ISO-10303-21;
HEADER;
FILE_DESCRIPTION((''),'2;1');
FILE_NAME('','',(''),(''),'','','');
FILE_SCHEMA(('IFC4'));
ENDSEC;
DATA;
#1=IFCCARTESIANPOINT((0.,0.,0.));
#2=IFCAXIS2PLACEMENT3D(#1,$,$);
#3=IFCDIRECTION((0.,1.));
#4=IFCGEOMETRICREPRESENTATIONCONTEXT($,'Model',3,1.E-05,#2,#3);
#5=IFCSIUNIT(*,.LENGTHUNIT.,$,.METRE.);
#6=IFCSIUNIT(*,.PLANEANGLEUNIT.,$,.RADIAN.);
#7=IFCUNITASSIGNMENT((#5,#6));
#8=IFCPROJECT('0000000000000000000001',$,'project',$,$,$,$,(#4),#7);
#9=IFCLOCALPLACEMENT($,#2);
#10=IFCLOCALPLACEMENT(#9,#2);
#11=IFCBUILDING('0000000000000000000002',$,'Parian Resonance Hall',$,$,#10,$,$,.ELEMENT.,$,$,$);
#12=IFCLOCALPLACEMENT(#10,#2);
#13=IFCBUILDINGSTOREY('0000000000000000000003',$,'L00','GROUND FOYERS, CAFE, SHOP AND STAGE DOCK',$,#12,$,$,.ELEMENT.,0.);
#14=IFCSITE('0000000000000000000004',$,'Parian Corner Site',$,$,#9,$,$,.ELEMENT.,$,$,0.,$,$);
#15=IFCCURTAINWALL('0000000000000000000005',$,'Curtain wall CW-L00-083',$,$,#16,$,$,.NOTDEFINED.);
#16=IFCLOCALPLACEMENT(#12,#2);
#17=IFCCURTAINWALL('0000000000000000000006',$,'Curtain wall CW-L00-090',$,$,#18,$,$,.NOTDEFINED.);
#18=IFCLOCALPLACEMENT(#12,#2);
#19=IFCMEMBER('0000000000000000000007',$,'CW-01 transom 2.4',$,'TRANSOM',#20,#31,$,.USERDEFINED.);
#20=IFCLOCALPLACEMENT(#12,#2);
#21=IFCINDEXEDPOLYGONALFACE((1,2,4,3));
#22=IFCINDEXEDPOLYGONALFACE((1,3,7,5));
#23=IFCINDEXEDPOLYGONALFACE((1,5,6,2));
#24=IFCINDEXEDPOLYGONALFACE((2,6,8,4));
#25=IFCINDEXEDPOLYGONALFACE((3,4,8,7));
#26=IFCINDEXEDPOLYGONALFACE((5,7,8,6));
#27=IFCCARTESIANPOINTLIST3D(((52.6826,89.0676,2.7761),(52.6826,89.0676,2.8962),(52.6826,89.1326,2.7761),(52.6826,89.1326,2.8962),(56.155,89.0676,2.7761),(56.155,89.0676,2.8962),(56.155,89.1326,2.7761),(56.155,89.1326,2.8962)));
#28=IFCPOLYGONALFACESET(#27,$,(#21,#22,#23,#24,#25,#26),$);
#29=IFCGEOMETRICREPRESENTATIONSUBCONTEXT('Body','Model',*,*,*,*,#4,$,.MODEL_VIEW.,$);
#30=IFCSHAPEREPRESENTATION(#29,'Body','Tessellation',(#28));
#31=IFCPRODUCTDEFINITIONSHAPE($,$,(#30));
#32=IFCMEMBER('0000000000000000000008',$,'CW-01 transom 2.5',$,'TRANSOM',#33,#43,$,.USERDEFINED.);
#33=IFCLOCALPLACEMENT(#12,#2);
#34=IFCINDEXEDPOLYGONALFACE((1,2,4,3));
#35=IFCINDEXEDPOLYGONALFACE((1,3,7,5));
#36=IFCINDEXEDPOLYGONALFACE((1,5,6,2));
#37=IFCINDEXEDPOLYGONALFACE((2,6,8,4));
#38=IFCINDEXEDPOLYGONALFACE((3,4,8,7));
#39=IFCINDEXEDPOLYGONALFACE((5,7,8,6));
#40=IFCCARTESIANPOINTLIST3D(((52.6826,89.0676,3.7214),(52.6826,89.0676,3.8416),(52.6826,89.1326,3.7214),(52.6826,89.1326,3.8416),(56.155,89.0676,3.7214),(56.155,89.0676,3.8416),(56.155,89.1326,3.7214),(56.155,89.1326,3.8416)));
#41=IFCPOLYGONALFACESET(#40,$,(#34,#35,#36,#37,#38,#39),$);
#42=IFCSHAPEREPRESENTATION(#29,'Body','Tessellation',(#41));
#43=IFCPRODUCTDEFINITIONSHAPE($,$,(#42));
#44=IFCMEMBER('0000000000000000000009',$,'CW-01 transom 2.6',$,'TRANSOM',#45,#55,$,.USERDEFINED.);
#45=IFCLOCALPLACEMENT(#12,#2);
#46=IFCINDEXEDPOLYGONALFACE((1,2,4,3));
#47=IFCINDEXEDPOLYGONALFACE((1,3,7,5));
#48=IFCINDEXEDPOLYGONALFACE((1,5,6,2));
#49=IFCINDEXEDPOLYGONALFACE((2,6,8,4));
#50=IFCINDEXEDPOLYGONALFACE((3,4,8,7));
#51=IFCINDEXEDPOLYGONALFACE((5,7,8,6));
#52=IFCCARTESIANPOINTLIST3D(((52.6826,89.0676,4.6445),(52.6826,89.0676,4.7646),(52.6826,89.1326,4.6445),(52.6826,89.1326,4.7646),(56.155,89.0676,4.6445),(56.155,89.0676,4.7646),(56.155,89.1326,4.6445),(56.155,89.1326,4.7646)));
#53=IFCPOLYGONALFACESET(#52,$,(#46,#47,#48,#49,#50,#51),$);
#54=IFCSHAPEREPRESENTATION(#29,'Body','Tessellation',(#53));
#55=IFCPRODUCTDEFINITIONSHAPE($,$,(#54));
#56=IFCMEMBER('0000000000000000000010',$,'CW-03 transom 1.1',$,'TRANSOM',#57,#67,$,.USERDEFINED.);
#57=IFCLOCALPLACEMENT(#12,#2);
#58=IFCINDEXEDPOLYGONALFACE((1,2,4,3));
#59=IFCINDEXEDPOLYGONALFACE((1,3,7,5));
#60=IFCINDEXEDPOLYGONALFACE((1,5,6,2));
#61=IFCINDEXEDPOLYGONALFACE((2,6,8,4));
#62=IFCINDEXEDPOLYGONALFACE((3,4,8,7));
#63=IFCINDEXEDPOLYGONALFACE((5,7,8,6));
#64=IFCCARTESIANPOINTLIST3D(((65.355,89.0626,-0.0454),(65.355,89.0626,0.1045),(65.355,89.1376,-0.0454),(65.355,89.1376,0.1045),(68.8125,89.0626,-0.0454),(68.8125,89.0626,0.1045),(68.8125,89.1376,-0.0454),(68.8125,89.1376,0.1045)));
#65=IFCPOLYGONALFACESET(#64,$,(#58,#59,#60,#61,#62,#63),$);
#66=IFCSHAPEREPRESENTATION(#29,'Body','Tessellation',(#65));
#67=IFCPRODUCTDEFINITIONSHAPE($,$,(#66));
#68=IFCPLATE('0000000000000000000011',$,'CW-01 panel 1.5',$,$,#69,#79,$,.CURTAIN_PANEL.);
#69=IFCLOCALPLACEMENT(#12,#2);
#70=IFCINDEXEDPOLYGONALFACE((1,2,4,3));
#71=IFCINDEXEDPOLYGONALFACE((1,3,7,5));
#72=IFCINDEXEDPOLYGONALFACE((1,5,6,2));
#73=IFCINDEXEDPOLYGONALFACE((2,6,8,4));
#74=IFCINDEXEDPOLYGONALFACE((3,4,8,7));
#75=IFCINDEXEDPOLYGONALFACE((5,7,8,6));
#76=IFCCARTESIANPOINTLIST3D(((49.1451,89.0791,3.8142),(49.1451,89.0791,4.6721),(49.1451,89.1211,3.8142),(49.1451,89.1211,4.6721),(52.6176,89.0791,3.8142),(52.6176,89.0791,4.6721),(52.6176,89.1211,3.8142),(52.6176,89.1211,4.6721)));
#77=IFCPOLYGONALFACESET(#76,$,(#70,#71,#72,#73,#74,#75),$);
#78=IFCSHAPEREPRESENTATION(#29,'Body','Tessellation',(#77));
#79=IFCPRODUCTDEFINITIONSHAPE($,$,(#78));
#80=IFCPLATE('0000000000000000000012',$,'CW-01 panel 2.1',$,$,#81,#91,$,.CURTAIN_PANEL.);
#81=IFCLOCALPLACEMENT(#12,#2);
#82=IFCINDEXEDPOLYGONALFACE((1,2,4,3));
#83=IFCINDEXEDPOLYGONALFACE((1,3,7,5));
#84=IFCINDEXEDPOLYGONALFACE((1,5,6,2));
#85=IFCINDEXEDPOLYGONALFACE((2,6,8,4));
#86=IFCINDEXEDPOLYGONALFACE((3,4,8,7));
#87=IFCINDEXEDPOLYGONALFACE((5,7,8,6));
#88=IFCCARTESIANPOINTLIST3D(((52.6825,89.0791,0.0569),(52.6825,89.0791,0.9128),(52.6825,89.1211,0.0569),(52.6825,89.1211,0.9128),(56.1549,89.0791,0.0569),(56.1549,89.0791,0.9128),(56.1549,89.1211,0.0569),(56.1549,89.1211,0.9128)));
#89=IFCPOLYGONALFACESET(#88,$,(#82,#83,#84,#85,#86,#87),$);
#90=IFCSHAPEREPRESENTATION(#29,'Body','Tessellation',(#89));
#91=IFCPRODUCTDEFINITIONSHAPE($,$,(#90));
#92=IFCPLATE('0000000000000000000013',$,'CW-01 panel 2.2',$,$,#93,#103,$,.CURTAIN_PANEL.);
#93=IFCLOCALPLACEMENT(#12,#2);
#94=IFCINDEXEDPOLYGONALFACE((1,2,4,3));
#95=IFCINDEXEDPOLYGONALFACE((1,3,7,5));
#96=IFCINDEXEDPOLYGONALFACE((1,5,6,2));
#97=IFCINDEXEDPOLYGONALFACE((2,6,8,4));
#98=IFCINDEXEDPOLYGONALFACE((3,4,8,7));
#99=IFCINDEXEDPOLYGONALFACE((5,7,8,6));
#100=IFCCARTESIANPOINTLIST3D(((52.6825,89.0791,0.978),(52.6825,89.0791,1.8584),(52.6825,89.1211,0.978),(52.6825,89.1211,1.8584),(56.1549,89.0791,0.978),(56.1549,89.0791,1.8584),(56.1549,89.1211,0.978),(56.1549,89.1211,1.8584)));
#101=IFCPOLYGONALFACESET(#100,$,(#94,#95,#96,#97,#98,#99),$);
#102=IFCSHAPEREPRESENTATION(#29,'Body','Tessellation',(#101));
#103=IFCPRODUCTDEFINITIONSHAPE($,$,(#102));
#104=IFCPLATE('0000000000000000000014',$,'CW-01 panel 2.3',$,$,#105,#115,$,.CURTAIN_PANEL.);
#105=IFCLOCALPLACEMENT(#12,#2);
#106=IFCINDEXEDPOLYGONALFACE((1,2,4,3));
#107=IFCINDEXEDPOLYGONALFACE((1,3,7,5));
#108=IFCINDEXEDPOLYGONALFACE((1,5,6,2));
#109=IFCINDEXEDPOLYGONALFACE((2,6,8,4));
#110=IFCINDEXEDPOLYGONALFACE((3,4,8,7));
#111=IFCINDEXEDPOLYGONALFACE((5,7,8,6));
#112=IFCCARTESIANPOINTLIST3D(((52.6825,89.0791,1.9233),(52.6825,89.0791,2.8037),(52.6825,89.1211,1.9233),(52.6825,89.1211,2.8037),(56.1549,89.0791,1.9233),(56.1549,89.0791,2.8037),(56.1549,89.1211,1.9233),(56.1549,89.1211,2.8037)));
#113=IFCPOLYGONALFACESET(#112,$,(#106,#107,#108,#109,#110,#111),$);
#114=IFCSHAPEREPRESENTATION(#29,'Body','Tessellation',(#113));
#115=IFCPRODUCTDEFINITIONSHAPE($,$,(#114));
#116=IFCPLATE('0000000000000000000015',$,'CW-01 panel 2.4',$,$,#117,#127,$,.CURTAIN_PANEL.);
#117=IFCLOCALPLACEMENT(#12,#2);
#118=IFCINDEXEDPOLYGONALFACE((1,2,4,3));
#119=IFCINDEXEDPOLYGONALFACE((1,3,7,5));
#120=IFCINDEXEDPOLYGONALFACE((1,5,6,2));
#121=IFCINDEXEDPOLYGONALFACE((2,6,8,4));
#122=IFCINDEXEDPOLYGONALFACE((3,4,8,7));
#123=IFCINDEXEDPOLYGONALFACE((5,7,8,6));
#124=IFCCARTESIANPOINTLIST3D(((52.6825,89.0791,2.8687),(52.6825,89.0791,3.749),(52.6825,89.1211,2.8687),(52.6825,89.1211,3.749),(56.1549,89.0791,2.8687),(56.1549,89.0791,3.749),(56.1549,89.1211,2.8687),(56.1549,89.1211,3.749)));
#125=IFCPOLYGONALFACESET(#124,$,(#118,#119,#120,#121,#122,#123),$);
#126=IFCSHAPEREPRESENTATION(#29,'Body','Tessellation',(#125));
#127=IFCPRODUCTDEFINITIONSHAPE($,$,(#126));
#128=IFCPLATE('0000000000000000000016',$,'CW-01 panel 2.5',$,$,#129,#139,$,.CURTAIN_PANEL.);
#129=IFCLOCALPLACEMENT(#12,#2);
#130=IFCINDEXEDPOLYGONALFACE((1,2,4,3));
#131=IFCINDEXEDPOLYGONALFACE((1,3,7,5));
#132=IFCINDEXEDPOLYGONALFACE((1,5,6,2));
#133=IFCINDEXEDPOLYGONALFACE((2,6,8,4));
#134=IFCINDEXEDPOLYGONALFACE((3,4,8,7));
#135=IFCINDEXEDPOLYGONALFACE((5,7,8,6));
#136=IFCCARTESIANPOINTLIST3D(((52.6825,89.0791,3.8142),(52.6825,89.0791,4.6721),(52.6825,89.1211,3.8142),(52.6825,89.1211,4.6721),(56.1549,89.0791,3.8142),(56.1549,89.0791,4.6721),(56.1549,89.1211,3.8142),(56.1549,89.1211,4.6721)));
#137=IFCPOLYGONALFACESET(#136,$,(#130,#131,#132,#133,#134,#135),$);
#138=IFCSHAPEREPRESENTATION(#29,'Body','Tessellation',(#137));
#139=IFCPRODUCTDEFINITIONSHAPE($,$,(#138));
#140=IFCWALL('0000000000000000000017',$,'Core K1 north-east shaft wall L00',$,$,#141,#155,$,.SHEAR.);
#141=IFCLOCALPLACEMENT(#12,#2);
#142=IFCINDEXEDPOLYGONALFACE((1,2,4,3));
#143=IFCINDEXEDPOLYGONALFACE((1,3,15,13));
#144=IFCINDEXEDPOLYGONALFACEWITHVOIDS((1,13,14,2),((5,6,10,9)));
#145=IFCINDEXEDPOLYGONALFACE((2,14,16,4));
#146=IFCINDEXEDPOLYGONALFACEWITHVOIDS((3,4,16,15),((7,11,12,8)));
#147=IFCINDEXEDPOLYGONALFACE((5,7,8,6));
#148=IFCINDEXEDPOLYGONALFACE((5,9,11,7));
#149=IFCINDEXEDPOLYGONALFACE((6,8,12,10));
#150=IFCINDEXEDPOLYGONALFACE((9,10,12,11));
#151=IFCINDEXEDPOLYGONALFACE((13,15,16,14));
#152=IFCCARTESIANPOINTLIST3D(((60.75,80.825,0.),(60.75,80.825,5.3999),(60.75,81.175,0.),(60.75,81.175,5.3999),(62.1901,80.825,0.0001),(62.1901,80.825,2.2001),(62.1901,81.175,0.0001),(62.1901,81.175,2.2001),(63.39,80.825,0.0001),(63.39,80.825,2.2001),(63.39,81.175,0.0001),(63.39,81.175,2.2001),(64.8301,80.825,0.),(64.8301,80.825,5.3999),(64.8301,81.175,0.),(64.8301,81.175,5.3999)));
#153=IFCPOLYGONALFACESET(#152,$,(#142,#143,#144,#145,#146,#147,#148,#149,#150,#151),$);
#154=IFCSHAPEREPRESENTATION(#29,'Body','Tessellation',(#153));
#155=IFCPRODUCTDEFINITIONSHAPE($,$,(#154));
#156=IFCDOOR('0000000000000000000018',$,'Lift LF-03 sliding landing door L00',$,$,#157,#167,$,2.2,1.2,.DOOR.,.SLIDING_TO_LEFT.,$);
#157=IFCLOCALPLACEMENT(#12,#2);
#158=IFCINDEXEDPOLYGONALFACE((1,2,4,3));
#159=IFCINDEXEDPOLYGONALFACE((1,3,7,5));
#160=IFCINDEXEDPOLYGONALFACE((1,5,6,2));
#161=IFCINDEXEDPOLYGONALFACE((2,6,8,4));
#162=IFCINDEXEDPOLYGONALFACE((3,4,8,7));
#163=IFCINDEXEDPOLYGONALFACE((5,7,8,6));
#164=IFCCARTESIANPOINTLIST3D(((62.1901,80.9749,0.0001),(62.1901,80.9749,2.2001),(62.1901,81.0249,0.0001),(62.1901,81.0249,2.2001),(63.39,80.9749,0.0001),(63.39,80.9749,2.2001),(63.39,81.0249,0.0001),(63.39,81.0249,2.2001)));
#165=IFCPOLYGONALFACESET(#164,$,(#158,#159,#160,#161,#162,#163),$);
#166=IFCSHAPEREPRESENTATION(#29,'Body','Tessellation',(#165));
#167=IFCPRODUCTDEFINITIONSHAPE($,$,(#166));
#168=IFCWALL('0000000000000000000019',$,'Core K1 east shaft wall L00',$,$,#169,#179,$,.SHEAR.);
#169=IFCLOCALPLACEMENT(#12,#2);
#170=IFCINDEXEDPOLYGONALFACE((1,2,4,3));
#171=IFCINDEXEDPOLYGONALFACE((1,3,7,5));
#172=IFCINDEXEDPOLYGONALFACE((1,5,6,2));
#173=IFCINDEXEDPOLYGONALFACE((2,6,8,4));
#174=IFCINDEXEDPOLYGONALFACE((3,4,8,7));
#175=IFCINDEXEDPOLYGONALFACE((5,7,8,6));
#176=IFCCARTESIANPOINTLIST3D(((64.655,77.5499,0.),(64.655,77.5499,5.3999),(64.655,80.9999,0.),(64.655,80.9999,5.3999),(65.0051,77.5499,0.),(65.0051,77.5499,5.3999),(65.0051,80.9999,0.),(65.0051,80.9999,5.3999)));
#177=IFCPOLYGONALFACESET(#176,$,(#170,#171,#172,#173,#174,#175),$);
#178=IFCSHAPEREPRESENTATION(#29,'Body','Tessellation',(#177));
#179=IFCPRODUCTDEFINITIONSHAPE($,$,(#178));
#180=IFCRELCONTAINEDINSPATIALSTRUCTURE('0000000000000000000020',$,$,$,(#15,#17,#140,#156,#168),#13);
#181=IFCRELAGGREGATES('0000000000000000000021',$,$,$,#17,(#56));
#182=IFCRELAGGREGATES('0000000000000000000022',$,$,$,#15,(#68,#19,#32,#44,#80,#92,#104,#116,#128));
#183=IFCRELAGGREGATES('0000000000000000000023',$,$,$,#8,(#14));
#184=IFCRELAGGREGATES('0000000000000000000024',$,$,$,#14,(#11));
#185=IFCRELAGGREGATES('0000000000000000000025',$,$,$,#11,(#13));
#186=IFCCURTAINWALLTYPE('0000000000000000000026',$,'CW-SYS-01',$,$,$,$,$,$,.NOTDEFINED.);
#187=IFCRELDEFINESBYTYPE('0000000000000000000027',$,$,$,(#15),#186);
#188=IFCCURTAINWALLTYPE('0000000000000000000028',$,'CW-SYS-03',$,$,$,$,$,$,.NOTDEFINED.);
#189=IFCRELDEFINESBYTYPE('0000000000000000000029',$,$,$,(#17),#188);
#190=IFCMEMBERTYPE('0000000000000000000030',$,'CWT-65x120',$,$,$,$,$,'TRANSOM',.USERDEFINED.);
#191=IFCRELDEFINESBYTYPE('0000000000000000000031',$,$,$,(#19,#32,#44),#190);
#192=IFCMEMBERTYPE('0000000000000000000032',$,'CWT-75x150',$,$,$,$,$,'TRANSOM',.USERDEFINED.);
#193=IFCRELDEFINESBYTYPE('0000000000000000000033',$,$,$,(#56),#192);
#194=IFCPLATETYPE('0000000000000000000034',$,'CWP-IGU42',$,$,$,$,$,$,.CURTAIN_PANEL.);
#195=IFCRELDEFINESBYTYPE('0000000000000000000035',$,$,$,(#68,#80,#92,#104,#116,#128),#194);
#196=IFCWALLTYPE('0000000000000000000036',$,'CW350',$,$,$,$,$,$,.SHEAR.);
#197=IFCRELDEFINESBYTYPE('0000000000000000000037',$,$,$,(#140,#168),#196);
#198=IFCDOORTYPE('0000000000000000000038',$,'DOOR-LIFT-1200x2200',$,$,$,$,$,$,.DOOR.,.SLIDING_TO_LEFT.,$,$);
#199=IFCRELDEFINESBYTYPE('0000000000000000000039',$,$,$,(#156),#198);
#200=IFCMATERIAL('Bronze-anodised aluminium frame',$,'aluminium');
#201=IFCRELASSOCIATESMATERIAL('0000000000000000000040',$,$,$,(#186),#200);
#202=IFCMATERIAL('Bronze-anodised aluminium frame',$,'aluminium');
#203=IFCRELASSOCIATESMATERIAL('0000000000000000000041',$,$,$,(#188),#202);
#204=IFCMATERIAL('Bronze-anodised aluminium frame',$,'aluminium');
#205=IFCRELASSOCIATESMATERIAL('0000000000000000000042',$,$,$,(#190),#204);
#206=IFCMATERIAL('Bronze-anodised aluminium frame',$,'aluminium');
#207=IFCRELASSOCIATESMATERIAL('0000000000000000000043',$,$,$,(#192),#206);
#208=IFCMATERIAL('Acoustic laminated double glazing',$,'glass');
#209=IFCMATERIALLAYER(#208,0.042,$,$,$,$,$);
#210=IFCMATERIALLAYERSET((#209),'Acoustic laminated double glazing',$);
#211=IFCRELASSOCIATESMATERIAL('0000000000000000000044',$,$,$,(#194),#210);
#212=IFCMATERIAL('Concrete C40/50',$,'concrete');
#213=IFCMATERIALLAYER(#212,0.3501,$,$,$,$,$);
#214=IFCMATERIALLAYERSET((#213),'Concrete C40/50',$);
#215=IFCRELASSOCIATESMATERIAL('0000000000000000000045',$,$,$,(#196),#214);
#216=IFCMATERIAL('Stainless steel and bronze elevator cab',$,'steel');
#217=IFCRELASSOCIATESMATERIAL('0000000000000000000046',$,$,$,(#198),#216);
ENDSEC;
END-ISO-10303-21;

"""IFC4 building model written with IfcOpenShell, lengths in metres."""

from ifc_helpers import new_model, si_unit, direction, frame, frame_2d, origin, origin_2d, place, context, subcontext, project, spatial, rectangle, extrude, material, layer, layer_set, material_profile, profile_set, type_object, element, fill, aggregate, save


model = new_model("IFC4")

# Units and contexts
model_context = context("Model", 3, precision=1e-05, world=origin(), true_north=direction((0.0, 1.0)))
body_context = subcontext(model_context, "Body", "Model", "MODEL_VIEW")
ifc_project = project(units=[si_unit("LENGTHUNIT", "METRE"), si_unit("PLANEANGLEUNIT", "RADIAN")], contexts=[model_context])

# Site, building, storey
site_placement = place(None, origin())
site = spatial("IfcSite", under=ifc_project, at=site_placement, Name="Parian Corner Site", CompositionType="ELEMENT", RefElevation=0.0)
building_placement = place(site_placement, origin())
building = spatial("IfcBuilding", under=site, at=building_placement, Name="Parian Resonance Hall", CompositionType="ELEMENT")
storey_placement = place(building_placement, origin())
storey = spatial("IfcBuildingStorey", under=building, at=storey_placement, Name="L00", Description="GROUND FOYERS, CAFE, SHOP AND STAGE DOCK", CompositionType="ELEMENT", Elevation=0.0)

# Curtain wall
ifc_material_1 = material(Name="Bronze-anodised aluminium frame", Category="aluminium")
curtain_wall_type_1 = type_object("IfcCurtainWallType", Name="CW-SYS-01", PredefinedType="NOTDEFINED", material=ifc_material_1)
curtain_wall_1_placement = place(storey_placement, origin())
curtain_wall_1 = element("IfcCurtainWall", 1, at=curtain_wall_1_placement, inside=storey, type_object=curtain_wall_type_1, Name="Curtain wall CW-L00-083", PredefinedType="NOTDEFINED")

# Curtain wall
ifc_material_2 = material(Name="Bronze-anodised aluminium frame", Category="aluminium")
curtain_wall_type_2 = type_object("IfcCurtainWallType", Name="CW-SYS-03", PredefinedType="NOTDEFINED", material=ifc_material_2)
curtain_wall_2_placement = place(storey_placement, origin())
curtain_wall_2 = element("IfcCurtainWall", 2, at=curtain_wall_2_placement, inside=storey, type_object=curtain_wall_type_2, Name="Curtain wall CW-L00-090", PredefinedType="NOTDEFINED")

# Members
ifc_material_3 = material(Name="Bronze-anodised aluminium frame", Category="aluminium")
ifc_material_profile_1 = material_profile(ifc_material_3, rectangle(XDim=0.0649, YDim=0.1201, at=origin_2d()), Name="CWT-65x120")
ifc_profile_set_1 = profile_set([ifc_material_profile_1], Name="Bronze-anodised aluminium frame")
member_type_1 = type_object("IfcMemberType", Name="CWT-65x120", ElementType="TRANSOM", PredefinedType="USERDEFINED", material=ifc_profile_set_1)
member_1_placement = place(storey_placement, frame((52.6826, 89.1001, 2.8362), z_axis=(1.0, 0.0, 0.0), x_axis=(0.0, 1.0, 0.0)))
member_1 = element("IfcMember", 3, at=member_1_placement, type_object=member_type_1, Name="CW-01 transom 2.4", ObjectType="TRANSOM", PredefinedType="USERDEFINED", context=body_context, shape_type="SweptSolid", body=[
    extrude(rectangle(XDim=0.0649, YDim=0.1201, at=origin_2d()), origin(), (0.0, 0.0, 1.0), 3.4724),
])
member_2_placement = place(storey_placement, frame((52.6826, 89.1001, 3.7815), z_axis=(1.0, 0.0, 0.0), x_axis=(0.0, 1.0, 0.0)))
member_2 = element("IfcMember", 4, at=member_2_placement, type_object=member_type_1, Name="CW-01 transom 2.5", ObjectType="TRANSOM", PredefinedType="USERDEFINED", context=body_context, shape_type="SweptSolid", body=[
    extrude(rectangle(XDim=0.0649, YDim=0.1201, at=origin_2d()), origin(), (0.0, 0.0, 1.0), 3.4724),
])
member_3_placement = place(storey_placement, frame((52.6826, 89.1001, 4.7046), z_axis=(1.0, 0.0, 0.0), x_axis=(0.0, 1.0, 0.0)))
member_3 = element("IfcMember", 5, at=member_3_placement, type_object=member_type_1, Name="CW-01 transom 2.6", ObjectType="TRANSOM", PredefinedType="USERDEFINED", context=body_context, shape_type="SweptSolid", body=[
    extrude(rectangle(XDim=0.0649, YDim=0.1201, at=origin_2d()), origin(), (0.0, 0.0, 1.0), 3.4724),
])
ifc_material_4 = material(Name="Bronze-anodised aluminium frame", Category="aluminium")
ifc_material_profile_2 = material_profile(ifc_material_4, rectangle(XDim=0.075, YDim=0.1499, at=origin_2d()), Name="CWT-75x150")
ifc_profile_set_2 = profile_set([ifc_material_profile_2], Name="Bronze-anodised aluminium frame")
member_type_2 = type_object("IfcMemberType", Name="CWT-75x150", ElementType="TRANSOM", PredefinedType="USERDEFINED", material=ifc_profile_set_2)
member_4_placement = place(storey_placement, frame((65.355, 89.1001, 0.0295), z_axis=(1.0, 0.0, 0.0), x_axis=(0.0, 1.0, 0.0)))
member_4 = element("IfcMember", 6, at=member_4_placement, type_object=member_type_2, Name="CW-03 transom 1.1", ObjectType="TRANSOM", PredefinedType="USERDEFINED", context=body_context, shape_type="SweptSolid", body=[
    extrude(rectangle(XDim=0.075, YDim=0.1499, at=origin_2d()), origin(), (0.0, 0.0, 1.0), 3.4575),
])
aggregate(curtain_wall_2, [member_4])

# Plates
ifc_material_5 = material(Name="Acoustic laminated double glazing", Category="glass")
ifc_layer_1 = layer(ifc_material_5, 0.042)
ifc_layer_set_1 = layer_set([ifc_layer_1], Name="Acoustic laminated double glazing")
plate_type = type_object("IfcPlateType", Name="CWP-IGU42", PredefinedType="CURTAIN_PANEL", material=ifc_layer_set_1)
plate_1_placement = place(storey_placement, frame((50.8813, 89.1001, 3.8142), z_axis=(0.0, 0.0, 1.0), x_axis=(1.0, 0.0, 0.0)))
plate_1 = element("IfcPlate", 7, at=plate_1_placement, type_object=plate_type, Name="CW-01 panel 1.5", PredefinedType="CURTAIN_PANEL", context=body_context, shape_type="SweptSolid", body=[
    extrude(rectangle(XDim=3.4724, YDim=0.042, at=origin_2d()), origin(), (0.0, 0.0, 1.0), 0.8579),
])
plate_2_placement = place(storey_placement, frame((54.4187, 89.1001, 0.0569), z_axis=(0.0, 0.0, 1.0), x_axis=(1.0, 0.0, 0.0)))
plate_2 = element("IfcPlate", 8, at=plate_2_placement, type_object=plate_type, Name="CW-01 panel 2.1", PredefinedType="CURTAIN_PANEL", context=body_context, shape_type="SweptSolid", body=[
    extrude(rectangle(XDim=3.4724, YDim=0.042, at=origin_2d()), origin(), (0.0, 0.0, 1.0), 0.856),
])
plate_3_placement = place(storey_placement, frame((54.4187, 89.1001, 0.978), z_axis=(0.0, 0.0, 1.0), x_axis=(1.0, 0.0, 0.0)))
plate_3 = element("IfcPlate", 9, at=plate_3_placement, type_object=plate_type, Name="CW-01 panel 2.2", PredefinedType="CURTAIN_PANEL", context=body_context, shape_type="SweptSolid", body=[
    extrude(rectangle(XDim=3.4724, YDim=0.042, at=origin_2d()), origin(), (0.0, 0.0, 1.0), 0.8804),
])
plate_4_placement = place(storey_placement, frame((54.4187, 89.1001, 1.9233), z_axis=(0.0, 0.0, 1.0), x_axis=(1.0, 0.0, 0.0)))
plate_4 = element("IfcPlate", 10, at=plate_4_placement, type_object=plate_type, Name="CW-01 panel 2.3", PredefinedType="CURTAIN_PANEL", context=body_context, shape_type="SweptSolid", body=[
    extrude(rectangle(XDim=3.4724, YDim=0.042, at=origin_2d()), origin(), (0.0, 0.0, 1.0), 0.8804),
])
plate_5_placement = place(storey_placement, frame((54.4187, 89.1001, 2.8687), z_axis=(0.0, 0.0, 1.0), x_axis=(1.0, 0.0, 0.0)))
plate_5 = element("IfcPlate", 11, at=plate_5_placement, type_object=plate_type, Name="CW-01 panel 2.4", PredefinedType="CURTAIN_PANEL", context=body_context, shape_type="SweptSolid", body=[
    extrude(rectangle(XDim=3.4724, YDim=0.042, at=origin_2d()), origin(), (0.0, 0.0, 1.0), 0.8804),
])
plate_6_placement = place(storey_placement, frame((54.4187, 89.1001, 3.8142), z_axis=(0.0, 0.0, 1.0), x_axis=(1.0, 0.0, 0.0)))
plate_6 = element("IfcPlate", 12, at=plate_6_placement, type_object=plate_type, Name="CW-01 panel 2.5", PredefinedType="CURTAIN_PANEL", context=body_context, shape_type="SweptSolid", body=[
    extrude(rectangle(XDim=3.4724, YDim=0.042, at=origin_2d()), origin(), (0.0, 0.0, 1.0), 0.8579),
])
aggregate(curtain_wall_1, [plate_1, member_1, member_2, member_3, plate_2, plate_3, plate_4, plate_5, plate_6])

# Wall, opening, door
ifc_material_6 = material(Name="Concrete C40/50", Category="concrete")
ifc_layer_2 = layer(ifc_material_6, 0.3501)
ifc_layer_set_2 = layer_set([ifc_layer_2], Name="Concrete C40/50")
wall_type_1 = type_object("IfcWallType", Name="CW350", PredefinedType="SHEAR", material=ifc_layer_set_2)
wall_1_placement = place(storey_placement, frame((60.75, 81.0, 0.0), z_axis=(0.0, 0.0, 1.0), x_axis=(1.0, 0.0, 0.0)))
wall_1 = element("IfcWall", 13, at=wall_1_placement, inside=storey, type_object=wall_type_1, Name="Core K1 north-east shaft wall L00", PredefinedType="SHEAR", context=body_context, shape_type="SweptSolid", body=[
    extrude(rectangle(XDim=4.0801, YDim=0.3501, at=frame_2d((2.04, 0.0))), origin(), (0.0, 0.0, 1.0), 5.3999),
])
opening_1_placement = place(wall_1_placement, frame((1.4399, 0.0, 0.0)))
opening_1 = element("IfcOpeningElement", 14, at=opening_1_placement, cuts=wall_1, PredefinedType="OPENING", context=body_context, shape_type="SweptSolid", body=[
    extrude(rectangle(XDim=1.2, YDim=2.2, at=frame_2d((0.6001, 1.1001))), frame((0.0, 0.1851, 0.0), z_axis=(0.0, -1.0, 0.0), x_axis=(1.0, 0.0, 0.0)), (0.0, 0.0, 1.0), 0.3701),
])
ifc_material_7 = material(Name="Stainless steel and bronze elevator cab", Category="steel")
door_type_1 = type_object("IfcDoorType", Name="DOOR-LIFT-1200x2200", OperationType="SLIDING_TO_LEFT", PredefinedType="DOOR", material=ifc_material_7)
door_1_placement = place(opening_1_placement, origin())
door_1 = element("IfcDoor", 15, at=door_1_placement, inside=storey, type_object=door_type_1, Name="Lift LF-03 sliding landing door L00", OperationType="SLIDING_TO_LEFT", OverallHeight=2.2, OverallWidth=1.2, PredefinedType="DOOR", context=body_context, shape_type="SweptSolid", body=[
    extrude(rectangle(XDim=1.2, YDim=2.2, at=frame_2d((0.6001, 1.1001))), frame((0.0, 0.0249, 0.0), z_axis=(0.0, -1.0, 0.0), x_axis=(1.0, 0.0, 0.0)), (0.0, 0.0, 1.0), 0.05),
])
fill(opening_1, door_1)

# Wall
wall_2_placement = place(storey_placement, frame((64.8301, 81.0, 0.0), z_axis=(0.0, 0.0, 1.0), x_axis=(0.0, -1.0, 0.0)))
element("IfcWall", 16, at=wall_2_placement, inside=storey, type_object=wall_type_1, Name="Core K1 east shaft wall L00", PredefinedType="SHEAR", context=body_context, shape_type="SweptSolid", body=[
    extrude(rectangle(XDim=3.45, YDim=0.3501, at=frame_2d((1.7251, 0.0))), origin(), (0.0, 0.0, 1.0), 5.3999),
])

save(model, "model.ifc")
